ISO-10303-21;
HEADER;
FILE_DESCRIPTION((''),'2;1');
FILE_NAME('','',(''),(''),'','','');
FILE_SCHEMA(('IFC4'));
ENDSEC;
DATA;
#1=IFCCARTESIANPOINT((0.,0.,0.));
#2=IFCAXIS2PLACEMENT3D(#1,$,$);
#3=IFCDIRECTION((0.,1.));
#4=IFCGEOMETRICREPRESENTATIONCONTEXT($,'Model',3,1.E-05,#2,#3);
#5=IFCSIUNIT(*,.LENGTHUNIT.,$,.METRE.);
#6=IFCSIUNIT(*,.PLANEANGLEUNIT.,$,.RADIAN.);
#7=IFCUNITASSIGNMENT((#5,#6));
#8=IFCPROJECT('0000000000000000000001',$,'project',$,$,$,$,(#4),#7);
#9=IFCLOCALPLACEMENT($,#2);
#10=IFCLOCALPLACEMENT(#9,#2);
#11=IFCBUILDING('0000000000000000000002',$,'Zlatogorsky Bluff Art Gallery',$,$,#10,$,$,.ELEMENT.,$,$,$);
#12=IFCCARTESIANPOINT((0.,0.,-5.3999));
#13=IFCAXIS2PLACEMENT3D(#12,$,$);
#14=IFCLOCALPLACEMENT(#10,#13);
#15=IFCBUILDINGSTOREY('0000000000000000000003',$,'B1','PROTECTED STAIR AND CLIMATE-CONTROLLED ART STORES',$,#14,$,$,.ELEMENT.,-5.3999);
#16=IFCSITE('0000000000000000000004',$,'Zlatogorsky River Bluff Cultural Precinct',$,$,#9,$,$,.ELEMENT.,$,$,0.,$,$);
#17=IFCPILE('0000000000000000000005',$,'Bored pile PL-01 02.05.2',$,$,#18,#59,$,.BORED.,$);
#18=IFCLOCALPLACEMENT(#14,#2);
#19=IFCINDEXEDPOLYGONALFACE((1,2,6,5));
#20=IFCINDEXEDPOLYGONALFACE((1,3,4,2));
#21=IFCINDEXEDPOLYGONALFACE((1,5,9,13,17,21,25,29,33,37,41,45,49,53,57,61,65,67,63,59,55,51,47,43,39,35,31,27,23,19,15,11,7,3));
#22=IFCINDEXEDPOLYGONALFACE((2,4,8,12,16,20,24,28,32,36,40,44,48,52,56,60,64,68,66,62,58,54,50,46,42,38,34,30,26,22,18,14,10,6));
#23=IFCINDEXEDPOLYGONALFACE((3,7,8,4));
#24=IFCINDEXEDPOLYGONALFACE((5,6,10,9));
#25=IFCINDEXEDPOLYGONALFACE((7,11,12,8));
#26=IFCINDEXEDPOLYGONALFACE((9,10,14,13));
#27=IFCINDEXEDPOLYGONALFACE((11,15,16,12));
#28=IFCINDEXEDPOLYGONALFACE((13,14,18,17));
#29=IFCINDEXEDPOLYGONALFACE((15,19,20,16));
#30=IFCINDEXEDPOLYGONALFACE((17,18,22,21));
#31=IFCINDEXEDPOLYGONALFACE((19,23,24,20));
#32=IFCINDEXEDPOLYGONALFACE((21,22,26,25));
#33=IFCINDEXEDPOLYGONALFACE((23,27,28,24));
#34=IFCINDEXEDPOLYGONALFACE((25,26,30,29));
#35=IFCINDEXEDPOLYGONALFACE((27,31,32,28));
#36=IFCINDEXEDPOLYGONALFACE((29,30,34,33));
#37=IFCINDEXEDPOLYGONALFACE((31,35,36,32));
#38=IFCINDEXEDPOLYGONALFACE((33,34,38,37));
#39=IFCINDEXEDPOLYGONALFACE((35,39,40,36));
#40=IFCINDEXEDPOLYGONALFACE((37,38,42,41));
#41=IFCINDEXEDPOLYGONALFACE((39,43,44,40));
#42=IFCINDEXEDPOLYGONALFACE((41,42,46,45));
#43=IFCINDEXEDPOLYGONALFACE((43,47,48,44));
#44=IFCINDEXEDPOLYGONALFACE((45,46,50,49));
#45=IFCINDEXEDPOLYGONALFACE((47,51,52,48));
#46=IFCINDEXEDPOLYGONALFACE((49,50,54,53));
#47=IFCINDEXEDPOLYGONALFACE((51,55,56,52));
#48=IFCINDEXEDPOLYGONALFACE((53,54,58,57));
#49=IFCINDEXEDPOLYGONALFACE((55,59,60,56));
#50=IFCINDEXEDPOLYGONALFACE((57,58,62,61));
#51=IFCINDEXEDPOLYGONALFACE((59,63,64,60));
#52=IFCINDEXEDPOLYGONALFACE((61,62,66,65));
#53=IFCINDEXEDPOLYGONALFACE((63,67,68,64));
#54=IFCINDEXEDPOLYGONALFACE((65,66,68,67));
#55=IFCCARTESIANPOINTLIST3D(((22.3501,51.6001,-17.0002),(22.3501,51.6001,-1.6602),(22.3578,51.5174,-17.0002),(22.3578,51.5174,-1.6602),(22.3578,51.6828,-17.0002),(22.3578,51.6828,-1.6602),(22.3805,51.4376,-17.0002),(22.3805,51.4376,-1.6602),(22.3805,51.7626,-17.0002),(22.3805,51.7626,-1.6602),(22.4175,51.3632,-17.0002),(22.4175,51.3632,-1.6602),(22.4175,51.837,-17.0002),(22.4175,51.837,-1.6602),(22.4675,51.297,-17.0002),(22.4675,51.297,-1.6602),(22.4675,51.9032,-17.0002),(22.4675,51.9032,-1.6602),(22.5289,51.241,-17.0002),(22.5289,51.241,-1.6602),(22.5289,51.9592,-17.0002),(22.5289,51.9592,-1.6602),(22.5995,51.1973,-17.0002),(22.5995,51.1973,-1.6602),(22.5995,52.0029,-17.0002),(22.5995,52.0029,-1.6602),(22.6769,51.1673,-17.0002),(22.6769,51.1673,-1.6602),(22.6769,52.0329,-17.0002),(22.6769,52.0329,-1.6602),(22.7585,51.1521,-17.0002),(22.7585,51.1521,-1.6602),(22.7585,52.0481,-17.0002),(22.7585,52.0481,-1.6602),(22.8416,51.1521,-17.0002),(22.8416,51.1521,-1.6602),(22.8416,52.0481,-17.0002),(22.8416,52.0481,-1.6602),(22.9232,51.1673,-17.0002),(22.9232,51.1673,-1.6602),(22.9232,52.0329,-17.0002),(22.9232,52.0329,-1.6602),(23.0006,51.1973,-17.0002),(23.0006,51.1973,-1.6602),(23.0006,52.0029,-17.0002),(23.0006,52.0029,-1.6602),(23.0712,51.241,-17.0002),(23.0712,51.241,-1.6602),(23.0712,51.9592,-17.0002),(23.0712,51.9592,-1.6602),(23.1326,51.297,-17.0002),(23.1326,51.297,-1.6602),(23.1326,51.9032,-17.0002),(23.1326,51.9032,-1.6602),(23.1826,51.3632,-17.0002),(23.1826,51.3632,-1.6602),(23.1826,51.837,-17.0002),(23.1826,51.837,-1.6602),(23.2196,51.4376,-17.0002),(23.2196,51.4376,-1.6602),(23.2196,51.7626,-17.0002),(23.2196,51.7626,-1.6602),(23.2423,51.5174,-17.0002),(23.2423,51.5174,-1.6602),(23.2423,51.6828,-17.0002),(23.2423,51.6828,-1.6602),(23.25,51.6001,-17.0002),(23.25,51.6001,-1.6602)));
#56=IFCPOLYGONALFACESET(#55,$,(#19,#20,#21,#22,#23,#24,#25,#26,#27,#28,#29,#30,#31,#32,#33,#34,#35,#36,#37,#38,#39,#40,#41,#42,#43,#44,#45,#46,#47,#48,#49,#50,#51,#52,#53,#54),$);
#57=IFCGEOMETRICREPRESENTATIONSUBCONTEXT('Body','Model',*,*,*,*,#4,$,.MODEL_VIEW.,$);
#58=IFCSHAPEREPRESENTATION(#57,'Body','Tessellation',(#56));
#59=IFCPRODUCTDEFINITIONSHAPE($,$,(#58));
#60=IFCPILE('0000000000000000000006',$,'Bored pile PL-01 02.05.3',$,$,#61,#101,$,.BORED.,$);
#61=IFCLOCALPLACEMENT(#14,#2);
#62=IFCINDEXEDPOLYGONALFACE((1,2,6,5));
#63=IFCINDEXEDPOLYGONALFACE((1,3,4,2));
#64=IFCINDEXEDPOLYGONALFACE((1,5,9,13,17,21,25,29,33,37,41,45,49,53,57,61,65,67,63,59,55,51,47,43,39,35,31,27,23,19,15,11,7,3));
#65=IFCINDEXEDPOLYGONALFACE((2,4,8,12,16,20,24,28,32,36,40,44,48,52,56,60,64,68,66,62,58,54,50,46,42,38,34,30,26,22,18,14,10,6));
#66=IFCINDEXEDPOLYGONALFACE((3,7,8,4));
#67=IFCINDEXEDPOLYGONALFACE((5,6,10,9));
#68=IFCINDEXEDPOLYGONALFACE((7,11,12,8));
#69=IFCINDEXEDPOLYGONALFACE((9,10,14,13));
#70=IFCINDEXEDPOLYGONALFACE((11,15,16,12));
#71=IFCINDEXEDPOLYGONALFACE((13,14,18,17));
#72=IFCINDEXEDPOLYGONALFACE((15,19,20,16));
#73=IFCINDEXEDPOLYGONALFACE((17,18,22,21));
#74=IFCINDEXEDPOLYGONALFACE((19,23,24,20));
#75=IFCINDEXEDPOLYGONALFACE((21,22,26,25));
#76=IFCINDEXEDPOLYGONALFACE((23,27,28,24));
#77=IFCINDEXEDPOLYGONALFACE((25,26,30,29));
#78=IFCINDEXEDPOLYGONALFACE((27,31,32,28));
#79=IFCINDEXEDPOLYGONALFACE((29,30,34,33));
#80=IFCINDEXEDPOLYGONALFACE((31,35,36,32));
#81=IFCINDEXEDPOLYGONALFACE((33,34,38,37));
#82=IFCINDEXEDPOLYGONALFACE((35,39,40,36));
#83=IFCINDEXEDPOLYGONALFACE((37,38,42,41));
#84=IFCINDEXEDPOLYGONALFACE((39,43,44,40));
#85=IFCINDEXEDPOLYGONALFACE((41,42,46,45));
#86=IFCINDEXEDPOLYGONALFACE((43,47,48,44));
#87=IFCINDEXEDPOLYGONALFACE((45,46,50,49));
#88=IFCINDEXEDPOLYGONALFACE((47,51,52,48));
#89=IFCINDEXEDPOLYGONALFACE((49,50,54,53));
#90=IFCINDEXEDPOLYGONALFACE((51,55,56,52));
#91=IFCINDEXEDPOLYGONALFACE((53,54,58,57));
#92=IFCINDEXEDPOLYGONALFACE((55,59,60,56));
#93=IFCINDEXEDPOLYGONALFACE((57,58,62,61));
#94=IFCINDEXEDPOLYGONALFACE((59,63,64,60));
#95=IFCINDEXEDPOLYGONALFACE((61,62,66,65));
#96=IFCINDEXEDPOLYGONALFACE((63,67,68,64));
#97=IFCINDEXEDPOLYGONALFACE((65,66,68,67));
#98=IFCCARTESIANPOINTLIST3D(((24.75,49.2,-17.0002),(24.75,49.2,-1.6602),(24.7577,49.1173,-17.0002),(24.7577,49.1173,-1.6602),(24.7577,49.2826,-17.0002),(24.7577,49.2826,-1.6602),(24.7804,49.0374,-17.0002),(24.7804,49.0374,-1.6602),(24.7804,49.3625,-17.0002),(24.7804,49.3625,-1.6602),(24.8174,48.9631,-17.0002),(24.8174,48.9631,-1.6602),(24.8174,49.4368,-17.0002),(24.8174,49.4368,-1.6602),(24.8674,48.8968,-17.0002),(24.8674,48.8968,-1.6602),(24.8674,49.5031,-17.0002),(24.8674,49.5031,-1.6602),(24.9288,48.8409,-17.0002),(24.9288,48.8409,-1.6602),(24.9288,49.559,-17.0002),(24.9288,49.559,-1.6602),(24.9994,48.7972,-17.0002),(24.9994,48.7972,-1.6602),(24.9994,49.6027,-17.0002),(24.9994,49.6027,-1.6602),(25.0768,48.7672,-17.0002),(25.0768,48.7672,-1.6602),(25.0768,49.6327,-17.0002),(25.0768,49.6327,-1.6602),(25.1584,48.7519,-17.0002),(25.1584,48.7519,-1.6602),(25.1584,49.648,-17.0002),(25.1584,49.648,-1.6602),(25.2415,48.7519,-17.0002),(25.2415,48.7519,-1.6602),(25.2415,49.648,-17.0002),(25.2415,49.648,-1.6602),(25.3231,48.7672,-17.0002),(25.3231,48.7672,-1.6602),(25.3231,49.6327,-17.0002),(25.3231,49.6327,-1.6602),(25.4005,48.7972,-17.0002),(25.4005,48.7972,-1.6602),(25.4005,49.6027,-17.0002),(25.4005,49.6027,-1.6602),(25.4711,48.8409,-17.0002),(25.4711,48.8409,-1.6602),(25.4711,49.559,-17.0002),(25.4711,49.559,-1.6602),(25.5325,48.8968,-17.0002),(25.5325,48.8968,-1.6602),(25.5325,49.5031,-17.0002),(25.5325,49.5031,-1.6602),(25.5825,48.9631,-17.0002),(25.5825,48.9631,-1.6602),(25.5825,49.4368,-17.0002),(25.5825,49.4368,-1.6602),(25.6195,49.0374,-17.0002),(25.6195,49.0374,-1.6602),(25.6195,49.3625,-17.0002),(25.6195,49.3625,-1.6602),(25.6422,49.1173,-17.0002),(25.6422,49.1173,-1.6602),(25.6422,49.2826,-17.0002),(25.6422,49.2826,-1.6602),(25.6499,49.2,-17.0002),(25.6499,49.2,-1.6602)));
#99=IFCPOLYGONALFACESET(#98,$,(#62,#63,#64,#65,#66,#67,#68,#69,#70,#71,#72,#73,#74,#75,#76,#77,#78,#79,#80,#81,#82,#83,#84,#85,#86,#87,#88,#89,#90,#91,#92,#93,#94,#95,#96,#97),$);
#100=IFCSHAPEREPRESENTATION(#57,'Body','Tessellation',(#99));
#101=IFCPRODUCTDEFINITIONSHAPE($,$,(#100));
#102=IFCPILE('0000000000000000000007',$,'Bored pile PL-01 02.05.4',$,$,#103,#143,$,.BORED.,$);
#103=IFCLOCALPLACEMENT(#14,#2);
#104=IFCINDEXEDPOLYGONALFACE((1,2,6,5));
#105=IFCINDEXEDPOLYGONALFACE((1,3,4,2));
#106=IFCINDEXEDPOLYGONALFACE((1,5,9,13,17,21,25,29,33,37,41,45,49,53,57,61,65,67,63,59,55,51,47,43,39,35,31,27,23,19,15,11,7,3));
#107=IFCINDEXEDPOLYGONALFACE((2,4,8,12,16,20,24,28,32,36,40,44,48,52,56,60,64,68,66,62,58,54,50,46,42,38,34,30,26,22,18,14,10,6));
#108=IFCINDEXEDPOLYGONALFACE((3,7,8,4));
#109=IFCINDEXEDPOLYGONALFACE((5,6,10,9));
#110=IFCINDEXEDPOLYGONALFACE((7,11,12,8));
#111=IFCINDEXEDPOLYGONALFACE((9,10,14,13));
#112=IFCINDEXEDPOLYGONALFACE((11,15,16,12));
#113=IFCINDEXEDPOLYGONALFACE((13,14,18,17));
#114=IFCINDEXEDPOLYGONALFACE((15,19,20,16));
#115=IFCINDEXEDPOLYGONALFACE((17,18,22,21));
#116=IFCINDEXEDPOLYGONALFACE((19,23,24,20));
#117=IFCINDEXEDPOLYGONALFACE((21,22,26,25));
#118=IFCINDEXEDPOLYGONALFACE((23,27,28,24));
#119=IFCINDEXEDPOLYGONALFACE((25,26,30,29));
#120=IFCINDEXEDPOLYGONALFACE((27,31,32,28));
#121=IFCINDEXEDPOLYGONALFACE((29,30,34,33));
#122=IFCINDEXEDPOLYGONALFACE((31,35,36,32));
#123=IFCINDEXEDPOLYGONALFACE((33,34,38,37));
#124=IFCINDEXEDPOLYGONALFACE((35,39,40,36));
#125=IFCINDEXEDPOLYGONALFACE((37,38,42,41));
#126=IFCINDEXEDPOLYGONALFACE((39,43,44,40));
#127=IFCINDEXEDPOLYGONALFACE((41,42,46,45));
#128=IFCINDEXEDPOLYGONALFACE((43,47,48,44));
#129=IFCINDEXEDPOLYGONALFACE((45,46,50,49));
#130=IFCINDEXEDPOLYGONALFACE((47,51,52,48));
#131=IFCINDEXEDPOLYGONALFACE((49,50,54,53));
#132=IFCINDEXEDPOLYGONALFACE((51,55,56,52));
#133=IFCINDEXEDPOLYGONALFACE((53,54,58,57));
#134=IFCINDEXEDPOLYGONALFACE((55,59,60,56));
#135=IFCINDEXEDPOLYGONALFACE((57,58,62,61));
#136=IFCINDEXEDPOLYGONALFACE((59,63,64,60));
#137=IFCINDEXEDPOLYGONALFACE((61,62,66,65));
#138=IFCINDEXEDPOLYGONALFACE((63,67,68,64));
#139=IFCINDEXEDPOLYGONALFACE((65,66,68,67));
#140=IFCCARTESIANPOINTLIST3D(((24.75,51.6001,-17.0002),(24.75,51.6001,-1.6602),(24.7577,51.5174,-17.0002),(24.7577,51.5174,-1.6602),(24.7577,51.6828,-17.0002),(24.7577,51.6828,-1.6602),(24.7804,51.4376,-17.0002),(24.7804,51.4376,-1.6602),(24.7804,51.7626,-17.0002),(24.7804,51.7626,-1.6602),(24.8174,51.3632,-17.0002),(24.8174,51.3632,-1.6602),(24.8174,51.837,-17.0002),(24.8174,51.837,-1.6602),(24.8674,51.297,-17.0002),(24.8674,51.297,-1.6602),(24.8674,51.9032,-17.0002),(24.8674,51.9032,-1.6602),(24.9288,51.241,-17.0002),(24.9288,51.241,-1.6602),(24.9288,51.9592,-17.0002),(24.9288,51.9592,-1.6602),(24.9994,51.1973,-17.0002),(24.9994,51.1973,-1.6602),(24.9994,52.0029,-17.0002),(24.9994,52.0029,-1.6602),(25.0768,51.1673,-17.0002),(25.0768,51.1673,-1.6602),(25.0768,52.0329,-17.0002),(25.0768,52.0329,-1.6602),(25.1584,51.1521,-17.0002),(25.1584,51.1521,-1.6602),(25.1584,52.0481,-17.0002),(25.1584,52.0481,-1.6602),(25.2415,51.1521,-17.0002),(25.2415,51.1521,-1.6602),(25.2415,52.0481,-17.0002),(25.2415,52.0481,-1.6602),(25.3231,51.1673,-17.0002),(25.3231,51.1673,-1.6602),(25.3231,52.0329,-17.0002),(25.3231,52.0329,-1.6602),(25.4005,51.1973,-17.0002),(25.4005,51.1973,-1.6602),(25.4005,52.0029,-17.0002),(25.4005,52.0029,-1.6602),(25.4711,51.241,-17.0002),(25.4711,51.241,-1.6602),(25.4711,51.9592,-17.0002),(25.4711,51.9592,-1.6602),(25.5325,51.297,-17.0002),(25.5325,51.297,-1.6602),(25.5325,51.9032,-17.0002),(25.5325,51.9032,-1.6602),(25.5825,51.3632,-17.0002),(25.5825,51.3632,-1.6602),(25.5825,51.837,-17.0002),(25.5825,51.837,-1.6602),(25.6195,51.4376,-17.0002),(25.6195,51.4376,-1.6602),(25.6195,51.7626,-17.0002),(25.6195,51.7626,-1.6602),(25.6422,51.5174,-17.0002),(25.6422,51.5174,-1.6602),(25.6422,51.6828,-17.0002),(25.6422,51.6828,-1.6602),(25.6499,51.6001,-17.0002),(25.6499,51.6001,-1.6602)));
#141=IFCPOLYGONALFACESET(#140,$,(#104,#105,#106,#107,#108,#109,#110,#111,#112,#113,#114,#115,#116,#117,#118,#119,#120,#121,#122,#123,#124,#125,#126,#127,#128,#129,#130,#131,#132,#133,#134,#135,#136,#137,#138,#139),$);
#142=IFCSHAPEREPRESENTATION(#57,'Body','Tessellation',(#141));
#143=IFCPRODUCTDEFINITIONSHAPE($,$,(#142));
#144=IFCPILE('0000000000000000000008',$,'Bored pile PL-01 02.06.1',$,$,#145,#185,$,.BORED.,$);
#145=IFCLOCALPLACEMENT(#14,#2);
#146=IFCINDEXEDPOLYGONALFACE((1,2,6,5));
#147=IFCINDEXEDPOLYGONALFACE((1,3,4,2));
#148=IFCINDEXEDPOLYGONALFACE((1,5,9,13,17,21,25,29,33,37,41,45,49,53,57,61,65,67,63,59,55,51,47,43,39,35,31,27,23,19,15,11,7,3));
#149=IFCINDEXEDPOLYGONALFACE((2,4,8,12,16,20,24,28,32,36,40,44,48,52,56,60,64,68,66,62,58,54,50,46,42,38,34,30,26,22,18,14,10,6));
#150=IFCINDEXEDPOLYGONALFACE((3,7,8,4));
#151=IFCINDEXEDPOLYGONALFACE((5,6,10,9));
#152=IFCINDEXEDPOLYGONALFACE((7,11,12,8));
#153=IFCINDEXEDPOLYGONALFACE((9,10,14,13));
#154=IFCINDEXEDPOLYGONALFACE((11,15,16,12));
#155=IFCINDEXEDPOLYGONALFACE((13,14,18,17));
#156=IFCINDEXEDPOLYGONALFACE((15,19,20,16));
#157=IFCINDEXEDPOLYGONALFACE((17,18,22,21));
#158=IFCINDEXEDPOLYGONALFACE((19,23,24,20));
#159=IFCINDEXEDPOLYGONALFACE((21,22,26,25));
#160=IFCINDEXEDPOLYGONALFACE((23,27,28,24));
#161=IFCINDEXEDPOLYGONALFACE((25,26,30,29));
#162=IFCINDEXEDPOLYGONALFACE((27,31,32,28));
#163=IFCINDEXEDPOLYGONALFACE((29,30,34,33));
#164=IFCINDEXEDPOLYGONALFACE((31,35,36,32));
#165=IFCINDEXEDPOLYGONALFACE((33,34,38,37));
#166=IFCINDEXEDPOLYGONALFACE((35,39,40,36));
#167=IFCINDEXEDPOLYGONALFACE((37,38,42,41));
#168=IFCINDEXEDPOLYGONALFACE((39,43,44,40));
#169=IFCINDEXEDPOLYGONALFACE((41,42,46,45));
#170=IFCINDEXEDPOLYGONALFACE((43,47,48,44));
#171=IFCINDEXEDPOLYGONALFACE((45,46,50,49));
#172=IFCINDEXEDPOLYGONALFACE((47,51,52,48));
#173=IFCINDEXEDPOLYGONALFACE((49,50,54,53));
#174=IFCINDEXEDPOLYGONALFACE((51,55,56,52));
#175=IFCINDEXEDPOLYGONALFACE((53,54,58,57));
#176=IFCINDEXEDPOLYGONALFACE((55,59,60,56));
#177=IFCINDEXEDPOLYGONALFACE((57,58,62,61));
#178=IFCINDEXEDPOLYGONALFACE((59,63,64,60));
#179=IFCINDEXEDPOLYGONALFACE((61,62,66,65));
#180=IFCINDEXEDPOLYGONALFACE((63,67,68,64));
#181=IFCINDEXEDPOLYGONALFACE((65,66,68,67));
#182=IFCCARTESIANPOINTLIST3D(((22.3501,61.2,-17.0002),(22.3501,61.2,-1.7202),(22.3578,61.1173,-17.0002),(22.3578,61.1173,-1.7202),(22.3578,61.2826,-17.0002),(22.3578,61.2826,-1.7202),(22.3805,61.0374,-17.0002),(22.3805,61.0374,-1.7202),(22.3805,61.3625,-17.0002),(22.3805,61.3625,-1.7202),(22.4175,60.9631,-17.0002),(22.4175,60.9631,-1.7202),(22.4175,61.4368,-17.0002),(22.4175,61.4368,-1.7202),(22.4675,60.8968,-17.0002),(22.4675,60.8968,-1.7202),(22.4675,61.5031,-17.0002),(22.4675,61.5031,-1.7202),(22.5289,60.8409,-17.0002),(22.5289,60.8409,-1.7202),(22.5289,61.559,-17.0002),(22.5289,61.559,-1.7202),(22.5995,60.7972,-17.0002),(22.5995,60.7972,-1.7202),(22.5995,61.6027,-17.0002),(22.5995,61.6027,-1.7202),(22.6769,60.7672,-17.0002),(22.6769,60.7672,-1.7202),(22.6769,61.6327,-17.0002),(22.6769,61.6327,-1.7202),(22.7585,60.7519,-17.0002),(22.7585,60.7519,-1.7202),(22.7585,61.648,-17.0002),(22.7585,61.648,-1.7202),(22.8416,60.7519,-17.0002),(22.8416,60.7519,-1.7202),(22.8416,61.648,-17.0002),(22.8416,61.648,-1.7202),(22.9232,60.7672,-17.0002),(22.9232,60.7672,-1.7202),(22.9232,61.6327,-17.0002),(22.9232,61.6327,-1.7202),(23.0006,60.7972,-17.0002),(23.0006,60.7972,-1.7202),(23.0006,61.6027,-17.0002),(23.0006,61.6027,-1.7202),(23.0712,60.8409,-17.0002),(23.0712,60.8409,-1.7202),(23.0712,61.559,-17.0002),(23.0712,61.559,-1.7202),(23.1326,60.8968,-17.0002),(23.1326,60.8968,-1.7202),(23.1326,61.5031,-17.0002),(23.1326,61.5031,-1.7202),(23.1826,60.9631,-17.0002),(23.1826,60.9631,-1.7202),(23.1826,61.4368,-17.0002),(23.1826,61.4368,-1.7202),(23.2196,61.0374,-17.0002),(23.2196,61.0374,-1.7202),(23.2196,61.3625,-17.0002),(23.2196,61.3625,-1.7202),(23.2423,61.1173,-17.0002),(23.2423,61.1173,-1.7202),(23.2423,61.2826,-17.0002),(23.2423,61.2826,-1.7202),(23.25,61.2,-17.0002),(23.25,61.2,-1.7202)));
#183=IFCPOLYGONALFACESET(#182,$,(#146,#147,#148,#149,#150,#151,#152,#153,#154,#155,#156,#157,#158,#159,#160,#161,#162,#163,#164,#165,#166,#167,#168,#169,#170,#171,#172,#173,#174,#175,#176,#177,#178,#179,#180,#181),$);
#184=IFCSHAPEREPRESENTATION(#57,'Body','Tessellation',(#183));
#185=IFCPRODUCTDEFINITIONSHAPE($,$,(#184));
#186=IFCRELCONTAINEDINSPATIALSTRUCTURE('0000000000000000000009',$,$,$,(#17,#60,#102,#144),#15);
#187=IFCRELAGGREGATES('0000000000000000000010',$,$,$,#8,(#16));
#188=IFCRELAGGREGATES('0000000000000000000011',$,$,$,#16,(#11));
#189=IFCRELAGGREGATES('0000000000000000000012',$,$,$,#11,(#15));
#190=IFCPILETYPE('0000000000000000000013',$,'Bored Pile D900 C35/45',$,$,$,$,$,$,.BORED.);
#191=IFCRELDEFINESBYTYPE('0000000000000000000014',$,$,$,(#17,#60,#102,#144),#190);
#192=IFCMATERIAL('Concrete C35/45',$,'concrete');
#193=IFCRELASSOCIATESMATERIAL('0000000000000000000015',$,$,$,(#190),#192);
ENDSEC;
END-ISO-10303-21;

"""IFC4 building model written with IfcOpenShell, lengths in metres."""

from ifc_helpers import new_model, si_unit, direction, frame, origin, origin_2d, place, context, subcontext, project, spatial, circle, extrude, material, material_profile, profile_set, type_object, element, save


model = new_model("IFC4")

# Units and contexts
model_context = context("Model", 3, precision=1e-05, world=origin(), true_north=direction((0.0, 1.0)))
body_context = subcontext(model_context, "Body", "Model", "MODEL_VIEW")
ifc_project = project(units=[si_unit("LENGTHUNIT", "METRE"), si_unit("PLANEANGLEUNIT", "RADIAN")], contexts=[model_context])

# Site, building, storey
site_placement = place(None, origin())
site = spatial("IfcSite", under=ifc_project, at=site_placement, Name="Zlatogorsky River Bluff Cultural Precinct", CompositionType="ELEMENT", RefElevation=0.0)
building_placement = place(site_placement, origin())
building = spatial("IfcBuilding", under=site, at=building_placement, Name="Zlatogorsky Bluff Art Gallery", CompositionType="ELEMENT")
storey_placement = place(building_placement, frame((0.0, 0.0, -5.3999)))
storey = spatial("IfcBuildingStorey", under=building, at=storey_placement, Name="B1", Description="PROTECTED STAIR AND CLIMATE-CONTROLLED ART STORES", CompositionType="ELEMENT", Elevation=-5.3999)

# Piles
ifc_material_1 = material(Name="Concrete C35/45", Category="concrete")
ifc_material_profile_1 = material_profile(ifc_material_1, circle(Radius=0.45, at=origin_2d()), Name="BORED PILE D900")
ifc_profile_set_1 = profile_set([ifc_material_profile_1], Name="Concrete C35/45")
pile_type = type_object("IfcPileType", Name="Bored Pile D900 C35/45", PredefinedType="BORED", material=ifc_profile_set_1)
for number, where, z_axis, x_axis, name in (
    (1, (22.8, 51.6001, -1.6602), (0.0, 0.0, -1.0), (1.0, 0.0, 0.0), "Bored pile PL-01 02.05.2"),
    (2, (25.2, 49.2, -1.6602), (0.0, 0.0, -1.0), (1.0, 0.0, 0.0), "Bored pile PL-01 02.05.3"),
    (3, (25.2, 51.6001, -1.6602), (0.0, 0.0, -1.0), (1.0, 0.0, 0.0), "Bored pile PL-01 02.05.4"),
):
    element("IfcPile", number, at=place(storey_placement, frame(where, z_axis=z_axis, x_axis=x_axis)), inside=storey, type_object=pile_type, Name=name, PredefinedType="BORED", context=body_context, shape_type="SweptSolid", body=[
        extrude(circle(Radius=0.45, at=origin_2d()), origin(), (0.0, 0.0, 1.0), 15.3401),
    ])
for number, where, z_axis, x_axis, name in (
    (4, (22.8, 61.2, -1.7202), (0.0, 0.0, -1.0), (1.0, 0.0, 0.0), "Bored pile PL-01 02.06.1"),
):
    element("IfcPile", number, at=place(storey_placement, frame(where, z_axis=z_axis, x_axis=x_axis)), inside=storey, type_object=pile_type, Name=name, PredefinedType="BORED", context=body_context, shape_type="SweptSolid", body=[
        extrude(circle(Radius=0.45, at=origin_2d()), origin(), (0.0, 0.0, 1.0), 15.28),
    ])

save(model, "model.ifc")
